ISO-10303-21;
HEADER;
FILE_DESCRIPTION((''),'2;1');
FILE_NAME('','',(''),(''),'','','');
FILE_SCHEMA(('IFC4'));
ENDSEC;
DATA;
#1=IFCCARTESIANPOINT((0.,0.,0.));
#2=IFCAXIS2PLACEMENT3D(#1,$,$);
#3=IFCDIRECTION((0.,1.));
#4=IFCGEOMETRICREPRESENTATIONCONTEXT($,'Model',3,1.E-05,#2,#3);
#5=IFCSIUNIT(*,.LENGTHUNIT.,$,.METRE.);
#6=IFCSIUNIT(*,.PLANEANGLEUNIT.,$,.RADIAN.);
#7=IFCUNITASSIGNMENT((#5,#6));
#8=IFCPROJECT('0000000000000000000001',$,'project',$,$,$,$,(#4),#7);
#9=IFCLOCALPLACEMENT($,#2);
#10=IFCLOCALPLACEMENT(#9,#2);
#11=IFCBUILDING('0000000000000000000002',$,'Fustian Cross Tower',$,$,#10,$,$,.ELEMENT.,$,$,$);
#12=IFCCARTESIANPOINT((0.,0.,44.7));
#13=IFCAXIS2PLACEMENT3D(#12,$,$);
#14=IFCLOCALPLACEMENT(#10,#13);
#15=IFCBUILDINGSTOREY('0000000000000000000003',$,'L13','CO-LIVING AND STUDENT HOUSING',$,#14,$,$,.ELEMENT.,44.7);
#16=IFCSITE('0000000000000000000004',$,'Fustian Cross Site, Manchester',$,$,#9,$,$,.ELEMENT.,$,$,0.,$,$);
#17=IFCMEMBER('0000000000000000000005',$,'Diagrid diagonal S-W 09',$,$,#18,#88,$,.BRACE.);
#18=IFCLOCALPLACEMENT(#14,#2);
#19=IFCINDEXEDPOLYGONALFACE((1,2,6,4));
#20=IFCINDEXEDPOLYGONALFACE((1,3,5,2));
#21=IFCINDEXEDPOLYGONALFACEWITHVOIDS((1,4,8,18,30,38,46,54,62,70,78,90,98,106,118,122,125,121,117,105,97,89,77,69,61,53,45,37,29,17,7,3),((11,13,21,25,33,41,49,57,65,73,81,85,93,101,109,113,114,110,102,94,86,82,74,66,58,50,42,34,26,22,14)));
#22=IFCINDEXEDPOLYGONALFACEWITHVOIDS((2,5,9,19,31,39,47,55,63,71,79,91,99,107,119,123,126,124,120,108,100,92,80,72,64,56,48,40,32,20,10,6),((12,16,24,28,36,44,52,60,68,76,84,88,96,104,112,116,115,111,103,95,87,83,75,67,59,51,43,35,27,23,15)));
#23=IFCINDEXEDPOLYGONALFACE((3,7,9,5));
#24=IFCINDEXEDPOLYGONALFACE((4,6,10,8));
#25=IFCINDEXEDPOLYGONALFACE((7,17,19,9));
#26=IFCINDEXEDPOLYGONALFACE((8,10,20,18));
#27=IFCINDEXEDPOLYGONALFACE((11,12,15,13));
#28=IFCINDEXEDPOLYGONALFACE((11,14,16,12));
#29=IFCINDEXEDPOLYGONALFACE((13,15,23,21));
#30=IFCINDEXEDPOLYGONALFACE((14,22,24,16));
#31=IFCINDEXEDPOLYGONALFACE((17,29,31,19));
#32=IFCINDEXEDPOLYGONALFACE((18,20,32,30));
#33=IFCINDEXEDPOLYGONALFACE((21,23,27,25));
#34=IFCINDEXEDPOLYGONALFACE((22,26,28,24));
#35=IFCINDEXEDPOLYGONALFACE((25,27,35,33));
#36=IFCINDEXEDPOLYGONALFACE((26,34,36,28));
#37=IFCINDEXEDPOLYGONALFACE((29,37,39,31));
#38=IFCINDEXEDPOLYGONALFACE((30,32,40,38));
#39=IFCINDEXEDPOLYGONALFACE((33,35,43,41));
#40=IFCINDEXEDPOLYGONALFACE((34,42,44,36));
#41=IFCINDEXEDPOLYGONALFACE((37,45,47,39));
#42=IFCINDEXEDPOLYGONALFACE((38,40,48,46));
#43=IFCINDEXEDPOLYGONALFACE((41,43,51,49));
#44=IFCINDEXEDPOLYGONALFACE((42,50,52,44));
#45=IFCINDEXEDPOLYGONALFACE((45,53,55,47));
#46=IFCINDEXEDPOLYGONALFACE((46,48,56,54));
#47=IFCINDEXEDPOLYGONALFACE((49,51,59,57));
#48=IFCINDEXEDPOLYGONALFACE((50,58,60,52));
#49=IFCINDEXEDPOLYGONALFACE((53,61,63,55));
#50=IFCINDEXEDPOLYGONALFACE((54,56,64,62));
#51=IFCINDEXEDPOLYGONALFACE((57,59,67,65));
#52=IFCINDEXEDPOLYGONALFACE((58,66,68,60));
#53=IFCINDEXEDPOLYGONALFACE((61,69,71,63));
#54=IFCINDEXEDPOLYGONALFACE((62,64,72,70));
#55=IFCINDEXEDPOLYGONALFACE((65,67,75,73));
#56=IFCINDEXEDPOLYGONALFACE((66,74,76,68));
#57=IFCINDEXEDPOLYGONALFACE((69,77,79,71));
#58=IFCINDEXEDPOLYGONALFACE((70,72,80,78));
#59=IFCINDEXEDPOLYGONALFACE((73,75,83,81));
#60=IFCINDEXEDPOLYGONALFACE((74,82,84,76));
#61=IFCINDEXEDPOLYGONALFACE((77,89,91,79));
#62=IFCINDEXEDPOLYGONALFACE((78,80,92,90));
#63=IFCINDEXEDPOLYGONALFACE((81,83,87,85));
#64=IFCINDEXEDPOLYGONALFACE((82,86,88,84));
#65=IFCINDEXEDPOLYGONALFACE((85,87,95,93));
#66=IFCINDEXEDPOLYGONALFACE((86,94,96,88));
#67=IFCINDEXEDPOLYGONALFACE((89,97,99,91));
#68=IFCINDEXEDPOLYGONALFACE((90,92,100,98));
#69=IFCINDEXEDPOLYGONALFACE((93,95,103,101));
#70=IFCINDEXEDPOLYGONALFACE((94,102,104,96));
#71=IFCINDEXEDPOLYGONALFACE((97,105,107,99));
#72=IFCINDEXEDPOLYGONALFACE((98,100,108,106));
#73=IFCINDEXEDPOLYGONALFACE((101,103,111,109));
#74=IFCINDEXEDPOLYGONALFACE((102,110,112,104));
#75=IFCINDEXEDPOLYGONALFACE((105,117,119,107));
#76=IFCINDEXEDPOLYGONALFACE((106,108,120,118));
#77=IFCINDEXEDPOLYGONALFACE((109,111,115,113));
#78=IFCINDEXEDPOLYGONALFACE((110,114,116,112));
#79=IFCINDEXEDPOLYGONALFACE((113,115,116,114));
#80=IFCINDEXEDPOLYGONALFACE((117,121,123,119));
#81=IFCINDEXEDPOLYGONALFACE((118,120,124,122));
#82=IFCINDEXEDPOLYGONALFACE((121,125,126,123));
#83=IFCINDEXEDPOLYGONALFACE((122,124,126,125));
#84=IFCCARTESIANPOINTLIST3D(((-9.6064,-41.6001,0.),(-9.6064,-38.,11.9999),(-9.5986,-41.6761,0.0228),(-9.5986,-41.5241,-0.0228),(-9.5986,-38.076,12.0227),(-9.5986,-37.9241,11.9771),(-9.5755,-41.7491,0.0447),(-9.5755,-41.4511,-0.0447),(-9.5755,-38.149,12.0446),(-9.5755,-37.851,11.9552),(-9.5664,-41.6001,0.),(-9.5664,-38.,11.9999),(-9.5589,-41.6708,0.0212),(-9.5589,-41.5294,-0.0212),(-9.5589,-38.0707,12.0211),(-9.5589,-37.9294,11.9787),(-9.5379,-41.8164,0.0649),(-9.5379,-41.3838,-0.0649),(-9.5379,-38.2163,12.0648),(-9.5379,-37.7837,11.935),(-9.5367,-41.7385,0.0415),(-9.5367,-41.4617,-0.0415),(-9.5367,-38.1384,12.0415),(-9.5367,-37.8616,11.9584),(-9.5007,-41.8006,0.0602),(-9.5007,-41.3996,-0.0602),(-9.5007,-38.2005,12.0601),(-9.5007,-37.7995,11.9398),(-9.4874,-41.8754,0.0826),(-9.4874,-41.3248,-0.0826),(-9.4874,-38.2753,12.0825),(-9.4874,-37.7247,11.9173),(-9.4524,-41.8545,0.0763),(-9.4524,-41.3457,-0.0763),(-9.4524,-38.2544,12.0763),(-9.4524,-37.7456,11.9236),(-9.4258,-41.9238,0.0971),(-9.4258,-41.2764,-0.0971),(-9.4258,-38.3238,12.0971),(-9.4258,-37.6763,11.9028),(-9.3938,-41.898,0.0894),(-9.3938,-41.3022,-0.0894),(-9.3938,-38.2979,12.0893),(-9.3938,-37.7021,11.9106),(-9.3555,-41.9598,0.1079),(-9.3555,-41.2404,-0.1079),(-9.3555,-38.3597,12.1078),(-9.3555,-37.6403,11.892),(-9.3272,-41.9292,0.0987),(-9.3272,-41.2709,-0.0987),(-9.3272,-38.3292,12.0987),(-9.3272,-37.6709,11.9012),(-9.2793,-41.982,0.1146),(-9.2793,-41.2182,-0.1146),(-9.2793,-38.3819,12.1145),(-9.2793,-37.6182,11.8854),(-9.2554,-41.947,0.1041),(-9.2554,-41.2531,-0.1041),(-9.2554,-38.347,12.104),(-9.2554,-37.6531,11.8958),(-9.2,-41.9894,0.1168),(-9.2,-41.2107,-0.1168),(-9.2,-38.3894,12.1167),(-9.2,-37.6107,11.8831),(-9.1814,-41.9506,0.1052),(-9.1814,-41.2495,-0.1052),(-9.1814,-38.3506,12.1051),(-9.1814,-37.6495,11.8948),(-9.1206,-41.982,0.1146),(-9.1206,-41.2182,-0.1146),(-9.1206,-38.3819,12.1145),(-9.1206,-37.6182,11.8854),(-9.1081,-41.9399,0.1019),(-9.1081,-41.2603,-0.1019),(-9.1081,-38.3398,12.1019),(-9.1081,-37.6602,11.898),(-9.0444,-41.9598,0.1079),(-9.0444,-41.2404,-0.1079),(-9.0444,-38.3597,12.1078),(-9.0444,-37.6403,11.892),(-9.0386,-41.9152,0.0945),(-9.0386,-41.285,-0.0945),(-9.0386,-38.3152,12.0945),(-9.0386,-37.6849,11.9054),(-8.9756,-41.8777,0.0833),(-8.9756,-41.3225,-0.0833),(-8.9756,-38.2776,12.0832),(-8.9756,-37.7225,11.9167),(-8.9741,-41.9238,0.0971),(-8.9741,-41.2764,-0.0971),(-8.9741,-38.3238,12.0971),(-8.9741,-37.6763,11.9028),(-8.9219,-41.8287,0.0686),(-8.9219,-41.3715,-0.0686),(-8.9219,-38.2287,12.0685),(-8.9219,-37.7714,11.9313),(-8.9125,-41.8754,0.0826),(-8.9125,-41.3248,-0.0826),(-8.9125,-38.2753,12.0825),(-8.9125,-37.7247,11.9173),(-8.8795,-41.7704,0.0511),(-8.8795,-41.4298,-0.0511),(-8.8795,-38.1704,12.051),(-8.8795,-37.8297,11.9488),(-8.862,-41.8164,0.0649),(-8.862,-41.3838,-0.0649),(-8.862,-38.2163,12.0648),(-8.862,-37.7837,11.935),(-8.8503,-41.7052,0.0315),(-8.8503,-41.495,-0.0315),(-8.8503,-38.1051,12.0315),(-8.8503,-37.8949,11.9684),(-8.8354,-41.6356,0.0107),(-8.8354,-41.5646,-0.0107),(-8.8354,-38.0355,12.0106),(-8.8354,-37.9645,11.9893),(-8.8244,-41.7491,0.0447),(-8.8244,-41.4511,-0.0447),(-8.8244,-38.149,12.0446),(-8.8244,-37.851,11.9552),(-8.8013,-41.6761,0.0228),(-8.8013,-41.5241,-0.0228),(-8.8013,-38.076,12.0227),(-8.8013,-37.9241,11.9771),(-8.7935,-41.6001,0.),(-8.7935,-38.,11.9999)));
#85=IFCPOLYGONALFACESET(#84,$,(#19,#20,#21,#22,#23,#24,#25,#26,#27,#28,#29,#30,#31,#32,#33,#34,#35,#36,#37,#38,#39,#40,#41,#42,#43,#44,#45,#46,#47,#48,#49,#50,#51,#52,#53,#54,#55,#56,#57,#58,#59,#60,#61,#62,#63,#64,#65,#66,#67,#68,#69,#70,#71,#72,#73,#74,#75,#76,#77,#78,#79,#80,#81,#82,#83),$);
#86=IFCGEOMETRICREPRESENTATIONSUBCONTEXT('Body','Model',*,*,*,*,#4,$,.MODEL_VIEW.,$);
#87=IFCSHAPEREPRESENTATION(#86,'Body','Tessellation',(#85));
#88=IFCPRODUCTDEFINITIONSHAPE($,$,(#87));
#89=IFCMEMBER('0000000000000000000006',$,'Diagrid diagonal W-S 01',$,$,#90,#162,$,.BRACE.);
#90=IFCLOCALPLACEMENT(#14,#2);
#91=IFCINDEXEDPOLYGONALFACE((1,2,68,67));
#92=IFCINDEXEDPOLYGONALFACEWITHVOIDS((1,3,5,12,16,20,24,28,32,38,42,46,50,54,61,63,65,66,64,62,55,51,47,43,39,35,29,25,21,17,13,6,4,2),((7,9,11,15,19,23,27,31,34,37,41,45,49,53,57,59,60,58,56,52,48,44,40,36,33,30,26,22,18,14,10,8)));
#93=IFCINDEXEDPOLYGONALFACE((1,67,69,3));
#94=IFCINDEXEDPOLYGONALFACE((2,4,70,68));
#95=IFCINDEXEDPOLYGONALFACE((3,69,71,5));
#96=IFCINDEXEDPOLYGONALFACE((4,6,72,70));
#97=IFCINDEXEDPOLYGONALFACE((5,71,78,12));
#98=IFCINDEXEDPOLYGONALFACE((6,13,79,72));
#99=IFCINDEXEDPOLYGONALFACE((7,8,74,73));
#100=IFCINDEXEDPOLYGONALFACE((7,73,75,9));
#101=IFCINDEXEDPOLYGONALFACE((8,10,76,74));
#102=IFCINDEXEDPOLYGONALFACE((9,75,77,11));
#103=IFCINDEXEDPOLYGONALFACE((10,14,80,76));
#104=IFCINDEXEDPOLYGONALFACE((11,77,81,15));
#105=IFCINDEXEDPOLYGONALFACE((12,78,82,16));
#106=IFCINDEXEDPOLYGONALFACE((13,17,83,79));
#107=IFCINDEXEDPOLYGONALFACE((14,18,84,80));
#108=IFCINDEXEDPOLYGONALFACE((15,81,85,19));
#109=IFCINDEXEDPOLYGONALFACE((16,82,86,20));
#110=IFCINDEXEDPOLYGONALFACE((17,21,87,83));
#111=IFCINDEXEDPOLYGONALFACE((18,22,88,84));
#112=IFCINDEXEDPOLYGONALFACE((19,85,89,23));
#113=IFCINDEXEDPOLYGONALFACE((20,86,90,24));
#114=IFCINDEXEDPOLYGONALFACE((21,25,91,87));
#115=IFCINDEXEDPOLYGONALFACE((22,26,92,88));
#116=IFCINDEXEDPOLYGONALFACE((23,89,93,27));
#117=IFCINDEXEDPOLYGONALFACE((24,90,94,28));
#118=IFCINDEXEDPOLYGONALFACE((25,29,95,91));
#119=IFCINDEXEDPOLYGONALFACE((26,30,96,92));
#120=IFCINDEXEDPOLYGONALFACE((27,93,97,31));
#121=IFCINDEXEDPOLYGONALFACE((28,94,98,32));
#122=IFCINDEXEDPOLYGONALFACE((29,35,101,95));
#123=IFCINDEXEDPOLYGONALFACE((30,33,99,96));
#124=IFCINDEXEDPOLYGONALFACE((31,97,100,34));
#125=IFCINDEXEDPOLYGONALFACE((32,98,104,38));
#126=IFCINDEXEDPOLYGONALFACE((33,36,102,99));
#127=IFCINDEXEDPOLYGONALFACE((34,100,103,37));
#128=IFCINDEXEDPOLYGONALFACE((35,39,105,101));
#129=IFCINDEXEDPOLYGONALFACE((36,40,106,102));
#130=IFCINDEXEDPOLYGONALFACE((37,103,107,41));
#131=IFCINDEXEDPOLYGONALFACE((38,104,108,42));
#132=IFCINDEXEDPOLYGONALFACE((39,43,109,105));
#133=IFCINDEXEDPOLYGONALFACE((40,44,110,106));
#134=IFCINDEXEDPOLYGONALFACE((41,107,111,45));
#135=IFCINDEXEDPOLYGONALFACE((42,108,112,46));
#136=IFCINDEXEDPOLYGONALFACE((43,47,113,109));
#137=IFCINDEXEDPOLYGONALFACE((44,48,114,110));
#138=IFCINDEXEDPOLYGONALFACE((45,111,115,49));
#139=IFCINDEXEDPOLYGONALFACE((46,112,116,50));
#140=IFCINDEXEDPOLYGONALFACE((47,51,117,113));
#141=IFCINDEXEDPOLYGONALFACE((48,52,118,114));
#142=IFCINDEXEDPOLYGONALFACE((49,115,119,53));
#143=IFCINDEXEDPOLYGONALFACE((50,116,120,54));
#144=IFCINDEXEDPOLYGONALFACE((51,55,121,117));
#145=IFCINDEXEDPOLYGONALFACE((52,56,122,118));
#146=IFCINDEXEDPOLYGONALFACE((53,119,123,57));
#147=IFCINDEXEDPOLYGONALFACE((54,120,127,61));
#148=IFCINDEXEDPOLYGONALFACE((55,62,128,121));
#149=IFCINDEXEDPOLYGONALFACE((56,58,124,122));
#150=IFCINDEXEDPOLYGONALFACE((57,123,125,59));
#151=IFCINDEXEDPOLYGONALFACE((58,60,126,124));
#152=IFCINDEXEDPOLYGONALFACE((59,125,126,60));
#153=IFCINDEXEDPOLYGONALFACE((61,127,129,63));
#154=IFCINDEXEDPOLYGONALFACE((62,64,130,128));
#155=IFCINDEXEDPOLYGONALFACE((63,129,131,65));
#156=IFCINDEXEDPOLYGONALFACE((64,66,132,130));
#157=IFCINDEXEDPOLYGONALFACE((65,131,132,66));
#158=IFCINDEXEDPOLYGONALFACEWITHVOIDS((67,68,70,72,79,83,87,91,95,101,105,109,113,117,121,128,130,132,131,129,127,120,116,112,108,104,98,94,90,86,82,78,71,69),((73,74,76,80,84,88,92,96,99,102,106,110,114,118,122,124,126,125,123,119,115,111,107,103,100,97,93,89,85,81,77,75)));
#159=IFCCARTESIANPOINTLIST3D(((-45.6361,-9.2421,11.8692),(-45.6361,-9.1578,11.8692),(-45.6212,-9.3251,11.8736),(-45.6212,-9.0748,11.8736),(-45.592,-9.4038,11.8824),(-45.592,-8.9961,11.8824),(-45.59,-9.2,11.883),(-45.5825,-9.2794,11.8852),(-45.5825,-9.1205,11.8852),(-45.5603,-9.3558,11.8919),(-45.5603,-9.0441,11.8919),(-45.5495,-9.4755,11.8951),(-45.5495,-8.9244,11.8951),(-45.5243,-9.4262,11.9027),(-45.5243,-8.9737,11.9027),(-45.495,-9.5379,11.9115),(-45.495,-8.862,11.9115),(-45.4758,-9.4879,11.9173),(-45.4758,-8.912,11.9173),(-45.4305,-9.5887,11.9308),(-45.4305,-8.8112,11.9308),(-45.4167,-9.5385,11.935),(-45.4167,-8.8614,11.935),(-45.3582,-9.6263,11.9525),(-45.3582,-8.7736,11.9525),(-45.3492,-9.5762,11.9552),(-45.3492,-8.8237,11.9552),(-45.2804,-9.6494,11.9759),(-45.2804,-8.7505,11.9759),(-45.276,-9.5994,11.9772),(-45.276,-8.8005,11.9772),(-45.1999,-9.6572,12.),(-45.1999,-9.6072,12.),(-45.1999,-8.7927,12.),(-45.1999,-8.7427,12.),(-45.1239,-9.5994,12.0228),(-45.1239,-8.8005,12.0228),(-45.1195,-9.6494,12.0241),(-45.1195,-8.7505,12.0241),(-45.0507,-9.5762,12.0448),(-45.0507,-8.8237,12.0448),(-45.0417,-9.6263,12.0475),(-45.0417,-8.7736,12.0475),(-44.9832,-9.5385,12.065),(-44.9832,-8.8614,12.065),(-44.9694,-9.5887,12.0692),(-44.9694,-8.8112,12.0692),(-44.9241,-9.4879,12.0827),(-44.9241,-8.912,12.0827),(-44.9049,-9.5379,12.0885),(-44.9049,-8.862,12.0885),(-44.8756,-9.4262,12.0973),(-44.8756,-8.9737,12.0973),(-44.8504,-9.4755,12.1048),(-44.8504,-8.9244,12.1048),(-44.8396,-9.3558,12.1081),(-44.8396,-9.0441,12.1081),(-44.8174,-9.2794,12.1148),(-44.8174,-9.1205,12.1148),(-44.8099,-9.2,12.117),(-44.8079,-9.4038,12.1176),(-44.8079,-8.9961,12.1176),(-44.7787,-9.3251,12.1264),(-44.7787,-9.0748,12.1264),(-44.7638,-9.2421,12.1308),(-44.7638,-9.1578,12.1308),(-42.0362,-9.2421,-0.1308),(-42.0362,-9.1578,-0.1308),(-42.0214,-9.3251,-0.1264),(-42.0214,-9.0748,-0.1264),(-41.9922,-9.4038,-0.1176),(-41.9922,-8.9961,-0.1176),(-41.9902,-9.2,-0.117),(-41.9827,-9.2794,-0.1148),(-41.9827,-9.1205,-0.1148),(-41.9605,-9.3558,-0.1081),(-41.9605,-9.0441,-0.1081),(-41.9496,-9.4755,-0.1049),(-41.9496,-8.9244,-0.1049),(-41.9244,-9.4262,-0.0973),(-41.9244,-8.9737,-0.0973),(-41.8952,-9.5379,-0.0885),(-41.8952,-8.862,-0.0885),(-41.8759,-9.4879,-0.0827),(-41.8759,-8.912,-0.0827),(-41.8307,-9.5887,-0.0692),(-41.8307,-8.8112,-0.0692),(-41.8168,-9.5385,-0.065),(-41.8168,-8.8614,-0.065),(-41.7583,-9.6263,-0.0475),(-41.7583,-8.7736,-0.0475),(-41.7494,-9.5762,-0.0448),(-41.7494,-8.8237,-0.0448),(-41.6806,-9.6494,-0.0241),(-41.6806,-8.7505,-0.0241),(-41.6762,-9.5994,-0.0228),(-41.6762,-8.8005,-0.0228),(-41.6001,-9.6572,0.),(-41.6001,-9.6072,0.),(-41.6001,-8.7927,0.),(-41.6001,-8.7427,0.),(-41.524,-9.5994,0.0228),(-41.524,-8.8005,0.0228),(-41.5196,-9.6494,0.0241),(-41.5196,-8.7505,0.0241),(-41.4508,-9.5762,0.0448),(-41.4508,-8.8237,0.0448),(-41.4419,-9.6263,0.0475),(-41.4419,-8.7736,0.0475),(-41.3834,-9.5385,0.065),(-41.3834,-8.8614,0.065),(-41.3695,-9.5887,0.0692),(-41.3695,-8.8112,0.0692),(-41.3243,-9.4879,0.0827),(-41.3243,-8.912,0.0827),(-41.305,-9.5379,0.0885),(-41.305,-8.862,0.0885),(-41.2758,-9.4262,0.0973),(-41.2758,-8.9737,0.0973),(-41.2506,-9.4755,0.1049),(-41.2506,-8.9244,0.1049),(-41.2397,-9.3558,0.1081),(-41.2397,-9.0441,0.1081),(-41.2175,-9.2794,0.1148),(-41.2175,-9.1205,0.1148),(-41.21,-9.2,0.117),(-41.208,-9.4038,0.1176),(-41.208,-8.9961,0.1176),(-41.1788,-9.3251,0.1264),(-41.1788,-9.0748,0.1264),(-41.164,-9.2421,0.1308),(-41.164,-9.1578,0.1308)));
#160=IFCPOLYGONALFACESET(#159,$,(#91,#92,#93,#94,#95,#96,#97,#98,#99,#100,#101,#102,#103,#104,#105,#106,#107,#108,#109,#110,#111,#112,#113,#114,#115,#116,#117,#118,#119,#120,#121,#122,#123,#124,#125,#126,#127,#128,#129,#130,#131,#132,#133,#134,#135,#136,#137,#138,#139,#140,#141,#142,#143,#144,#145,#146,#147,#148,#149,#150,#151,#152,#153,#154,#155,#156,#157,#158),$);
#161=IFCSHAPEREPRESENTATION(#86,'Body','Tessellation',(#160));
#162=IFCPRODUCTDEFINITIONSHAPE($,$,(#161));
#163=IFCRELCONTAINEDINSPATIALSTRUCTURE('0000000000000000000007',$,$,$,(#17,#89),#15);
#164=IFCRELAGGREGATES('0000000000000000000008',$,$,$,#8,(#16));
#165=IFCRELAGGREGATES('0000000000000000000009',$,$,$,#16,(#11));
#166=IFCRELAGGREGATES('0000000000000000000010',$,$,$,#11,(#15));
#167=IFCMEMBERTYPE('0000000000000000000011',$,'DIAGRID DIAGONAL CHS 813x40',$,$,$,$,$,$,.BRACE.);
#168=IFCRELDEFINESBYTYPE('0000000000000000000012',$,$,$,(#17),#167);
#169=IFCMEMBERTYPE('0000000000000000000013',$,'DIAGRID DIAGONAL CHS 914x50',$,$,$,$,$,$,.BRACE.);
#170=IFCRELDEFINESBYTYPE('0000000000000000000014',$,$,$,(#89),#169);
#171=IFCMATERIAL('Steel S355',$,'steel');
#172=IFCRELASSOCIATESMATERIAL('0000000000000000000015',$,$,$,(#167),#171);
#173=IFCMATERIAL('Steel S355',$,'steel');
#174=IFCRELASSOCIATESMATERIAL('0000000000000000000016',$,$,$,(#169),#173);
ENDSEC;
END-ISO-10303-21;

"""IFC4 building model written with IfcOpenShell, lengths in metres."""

from ifc_helpers import new_model, si_unit, direction, frame, origin, origin_2d, place, context, subcontext, project, spatial, hollow_circle, extrude, material, material_profile, profile_set, type_object, element, save


model = new_model("IFC4")

# Units and contexts
model_context = context("Model", 3, precision=1e-05, world=origin(), true_north=direction((0.0, 1.0)))
body_context = subcontext(model_context, "Body", "Model", "MODEL_VIEW")
ifc_project = project(units=[si_unit("LENGTHUNIT", "METRE"), si_unit("PLANEANGLEUNIT", "RADIAN")], contexts=[model_context])

# Site, building, storey
site_placement = place(None, origin())
site = spatial("IfcSite", under=ifc_project, at=site_placement, Name="Fustian Cross Site, Manchester", CompositionType="ELEMENT", RefElevation=0.0)
building_placement = place(site_placement, origin())
building = spatial("IfcBuilding", under=site, at=building_placement, Name="Fustian Cross Tower", CompositionType="ELEMENT")
storey_placement = place(building_placement, frame((0.0, 0.0, 44.7)))
storey = spatial("IfcBuildingStorey", under=building, at=storey_placement, Name="L13", Description="CO-LIVING AND STUDENT HOUSING", CompositionType="ELEMENT", Elevation=44.7)

# Members
ifc_material_1 = material(Name="Steel S355", Category="steel")
ifc_material_profile_1 = material_profile(ifc_material_1, hollow_circle(Radius=0.4065, WallThickness=0.04, at=origin_2d()), Name="CHS 813x40")
ifc_profile_set_1 = profile_set([ifc_material_profile_1], Name="Steel S355")
member_type_1 = type_object("IfcMemberType", Name="DIAGRID DIAGONAL CHS 813x40", PredefinedType="BRACE", material=ifc_profile_set_1)
for number, where, z_axis, x_axis, name in (
    (1, (-9.2, -41.6001, 0.0), (0.0, 0.287355, 0.957824), (-1.0, 0.0, 0.0), "Diagrid diagonal S-W 09"),
):
    element("IfcMember", number, at=place(storey_placement, frame(where, z_axis=z_axis, x_axis=x_axis)), inside=storey, type_object=member_type_1, Name=name, PredefinedType="BRACE", context=body_context, shape_type="SweptSolid", body=[
        extrude(hollow_circle(Radius=0.4065, WallThickness=0.04, at=origin_2d()), origin(), (0.0, 0.0, 1.0), 12.5283),
    ])
ifc_material_2 = material(Name="Steel S355", Category="steel")
ifc_material_profile_2 = material_profile(ifc_material_2, hollow_circle(Radius=0.4573, WallThickness=0.05, at=origin_2d()), Name="CHS 914x50")
ifc_profile_set_2 = profile_set([ifc_material_profile_2], Name="Steel S355")
member_type_2 = type_object("IfcMemberType", Name="DIAGRID DIAGONAL CHS 914x50", PredefinedType="BRACE", material=ifc_profile_set_2)
for number, where, z_axis, x_axis, name in (
    (2, (-41.6001, -9.2, 0.0), (-0.287337, 0.0, 0.95783), (0.0, -1.0, 0.0), "Diagrid diagonal W-S 01"),
):
    element("IfcMember", number, at=place(storey_placement, frame(where, z_axis=z_axis, x_axis=x_axis)), inside=storey, type_object=member_type_2, Name=name, PredefinedType="BRACE", context=body_context, shape_type="SweptSolid", body=[
        extrude(hollow_circle(Radius=0.4573, WallThickness=0.05, at=origin_2d()), origin(), (0.0, 0.0, 1.0), 12.5283),
    ])

save(model, "model.ifc")
